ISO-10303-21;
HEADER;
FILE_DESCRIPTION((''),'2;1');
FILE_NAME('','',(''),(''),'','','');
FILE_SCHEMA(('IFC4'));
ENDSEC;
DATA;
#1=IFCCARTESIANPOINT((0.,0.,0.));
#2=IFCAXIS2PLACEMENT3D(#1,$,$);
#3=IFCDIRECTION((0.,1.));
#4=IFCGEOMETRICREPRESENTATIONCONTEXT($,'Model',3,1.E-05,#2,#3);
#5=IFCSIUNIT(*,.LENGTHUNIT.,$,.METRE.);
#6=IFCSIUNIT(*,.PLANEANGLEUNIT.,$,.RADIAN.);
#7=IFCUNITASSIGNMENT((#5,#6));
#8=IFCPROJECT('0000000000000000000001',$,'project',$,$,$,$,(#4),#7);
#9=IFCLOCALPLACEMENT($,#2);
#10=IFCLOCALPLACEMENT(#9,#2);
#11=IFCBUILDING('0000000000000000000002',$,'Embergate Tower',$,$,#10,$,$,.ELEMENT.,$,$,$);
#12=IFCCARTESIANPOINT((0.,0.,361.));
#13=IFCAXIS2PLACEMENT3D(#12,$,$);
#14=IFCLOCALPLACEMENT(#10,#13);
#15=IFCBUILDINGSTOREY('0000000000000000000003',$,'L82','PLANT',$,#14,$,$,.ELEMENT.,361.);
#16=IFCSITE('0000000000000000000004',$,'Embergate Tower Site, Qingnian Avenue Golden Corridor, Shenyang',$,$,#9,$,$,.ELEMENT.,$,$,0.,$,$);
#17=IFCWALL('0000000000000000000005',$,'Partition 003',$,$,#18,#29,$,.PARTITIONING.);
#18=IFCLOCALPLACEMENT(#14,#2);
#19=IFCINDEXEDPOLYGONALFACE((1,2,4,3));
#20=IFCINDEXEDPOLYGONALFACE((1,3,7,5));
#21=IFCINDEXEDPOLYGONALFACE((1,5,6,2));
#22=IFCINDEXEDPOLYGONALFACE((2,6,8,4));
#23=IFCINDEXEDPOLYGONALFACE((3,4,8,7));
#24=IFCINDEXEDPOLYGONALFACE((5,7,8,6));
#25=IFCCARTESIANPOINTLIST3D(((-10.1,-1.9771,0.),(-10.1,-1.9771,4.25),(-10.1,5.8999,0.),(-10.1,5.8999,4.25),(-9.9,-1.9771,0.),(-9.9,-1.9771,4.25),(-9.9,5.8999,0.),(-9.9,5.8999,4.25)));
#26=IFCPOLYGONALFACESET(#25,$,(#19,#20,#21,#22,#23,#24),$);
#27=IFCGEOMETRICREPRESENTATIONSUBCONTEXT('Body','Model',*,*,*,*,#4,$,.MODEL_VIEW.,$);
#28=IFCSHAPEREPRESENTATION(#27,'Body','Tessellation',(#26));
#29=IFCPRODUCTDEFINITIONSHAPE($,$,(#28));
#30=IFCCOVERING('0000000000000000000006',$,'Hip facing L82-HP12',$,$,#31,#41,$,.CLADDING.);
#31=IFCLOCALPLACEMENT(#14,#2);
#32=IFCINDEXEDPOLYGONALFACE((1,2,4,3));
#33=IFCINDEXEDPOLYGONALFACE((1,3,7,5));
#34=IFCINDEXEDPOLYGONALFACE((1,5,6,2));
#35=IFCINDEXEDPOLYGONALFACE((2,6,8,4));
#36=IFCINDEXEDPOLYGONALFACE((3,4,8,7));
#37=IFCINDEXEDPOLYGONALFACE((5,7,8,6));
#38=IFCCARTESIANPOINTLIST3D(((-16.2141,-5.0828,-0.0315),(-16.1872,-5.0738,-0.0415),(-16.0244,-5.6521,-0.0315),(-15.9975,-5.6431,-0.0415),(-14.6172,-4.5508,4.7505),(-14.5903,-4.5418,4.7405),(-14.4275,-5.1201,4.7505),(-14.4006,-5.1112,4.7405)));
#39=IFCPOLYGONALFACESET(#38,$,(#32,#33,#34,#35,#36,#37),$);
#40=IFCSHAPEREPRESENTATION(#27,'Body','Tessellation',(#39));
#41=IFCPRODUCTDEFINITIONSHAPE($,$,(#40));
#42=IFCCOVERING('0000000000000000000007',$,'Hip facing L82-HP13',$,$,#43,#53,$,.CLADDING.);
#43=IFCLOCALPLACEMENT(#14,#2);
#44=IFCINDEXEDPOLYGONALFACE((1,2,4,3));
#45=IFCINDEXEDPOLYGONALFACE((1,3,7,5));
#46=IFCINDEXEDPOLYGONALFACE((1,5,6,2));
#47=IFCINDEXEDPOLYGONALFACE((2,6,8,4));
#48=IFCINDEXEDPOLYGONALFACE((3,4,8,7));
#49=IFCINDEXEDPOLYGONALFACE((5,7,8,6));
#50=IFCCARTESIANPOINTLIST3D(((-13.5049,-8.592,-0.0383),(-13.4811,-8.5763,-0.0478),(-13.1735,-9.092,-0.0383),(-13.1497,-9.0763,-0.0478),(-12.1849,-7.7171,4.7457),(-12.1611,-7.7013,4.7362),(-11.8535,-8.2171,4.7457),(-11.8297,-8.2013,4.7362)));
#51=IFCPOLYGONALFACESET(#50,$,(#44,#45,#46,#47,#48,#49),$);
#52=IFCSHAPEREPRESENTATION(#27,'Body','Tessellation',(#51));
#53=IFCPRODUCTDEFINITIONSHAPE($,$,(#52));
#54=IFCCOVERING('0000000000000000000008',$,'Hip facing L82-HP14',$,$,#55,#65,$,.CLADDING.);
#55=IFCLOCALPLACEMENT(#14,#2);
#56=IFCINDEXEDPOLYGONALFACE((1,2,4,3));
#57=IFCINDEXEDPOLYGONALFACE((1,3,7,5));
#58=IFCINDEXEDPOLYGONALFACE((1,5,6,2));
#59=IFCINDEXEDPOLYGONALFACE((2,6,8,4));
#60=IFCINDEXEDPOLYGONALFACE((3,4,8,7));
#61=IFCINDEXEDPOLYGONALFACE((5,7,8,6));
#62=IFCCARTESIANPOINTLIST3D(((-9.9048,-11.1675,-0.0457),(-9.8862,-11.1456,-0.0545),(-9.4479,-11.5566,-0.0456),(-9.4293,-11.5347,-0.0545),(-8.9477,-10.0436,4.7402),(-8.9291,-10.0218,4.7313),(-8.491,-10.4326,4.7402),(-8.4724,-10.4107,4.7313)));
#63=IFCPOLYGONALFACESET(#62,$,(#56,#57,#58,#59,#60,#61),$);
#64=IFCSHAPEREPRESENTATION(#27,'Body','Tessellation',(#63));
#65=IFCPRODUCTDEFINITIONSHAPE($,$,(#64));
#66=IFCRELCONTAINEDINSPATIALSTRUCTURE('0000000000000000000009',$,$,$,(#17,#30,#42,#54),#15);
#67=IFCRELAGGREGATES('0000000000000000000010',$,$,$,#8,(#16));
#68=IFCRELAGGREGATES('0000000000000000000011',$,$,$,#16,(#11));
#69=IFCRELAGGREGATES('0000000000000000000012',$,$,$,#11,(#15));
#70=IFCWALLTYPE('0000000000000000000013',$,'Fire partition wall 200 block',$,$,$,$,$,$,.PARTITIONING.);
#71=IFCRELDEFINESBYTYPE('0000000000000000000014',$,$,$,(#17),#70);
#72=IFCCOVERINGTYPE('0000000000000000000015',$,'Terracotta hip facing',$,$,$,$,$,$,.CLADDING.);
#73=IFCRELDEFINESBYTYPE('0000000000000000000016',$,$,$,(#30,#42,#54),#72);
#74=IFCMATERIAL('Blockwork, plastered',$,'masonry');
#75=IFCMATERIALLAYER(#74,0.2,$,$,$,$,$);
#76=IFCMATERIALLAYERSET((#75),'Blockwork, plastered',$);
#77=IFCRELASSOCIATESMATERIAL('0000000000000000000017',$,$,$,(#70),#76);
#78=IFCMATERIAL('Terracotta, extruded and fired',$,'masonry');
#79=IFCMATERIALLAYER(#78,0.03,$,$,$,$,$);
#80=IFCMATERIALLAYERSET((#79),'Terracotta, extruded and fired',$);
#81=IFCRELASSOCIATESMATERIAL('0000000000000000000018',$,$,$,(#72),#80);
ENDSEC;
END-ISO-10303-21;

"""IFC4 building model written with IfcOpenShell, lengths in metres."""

from ifc_helpers import new_model, si_unit, direction, frame, frame_2d, origin, place, context, subcontext, project, spatial, polyline, rectangle, outline, extrude, source, transform, mapped, material, layer, layer_set, type_object, element, save


model = new_model("IFC4")

# Units and contexts
model_context = context("Model", 3, precision=1e-05, world=origin(), true_north=direction((0.0, 1.0)))
body_context = subcontext(model_context, "Body", "Model", "MODEL_VIEW")
ifc_project = project(units=[si_unit("LENGTHUNIT", "METRE"), si_unit("PLANEANGLEUNIT", "RADIAN")], contexts=[model_context])

# Site, building, storey
site_placement = place(None, origin())
site = spatial("IfcSite", under=ifc_project, at=site_placement, Name="Embergate Tower Site, Qingnian Avenue Golden Corridor, Shenyang", CompositionType="ELEMENT", RefElevation=0.0)
building_placement = place(site_placement, origin())
building = spatial("IfcBuilding", under=site, at=building_placement, Name="Embergate Tower", CompositionType="ELEMENT")
storey_placement = place(building_placement, frame((0.0, 0.0, 361.0)))
storey = spatial("IfcBuildingStorey", under=building, at=storey_placement, Name="L82", Description="PLANT", CompositionType="ELEMENT", Elevation=361.0)

# Wall
ifc_material_1 = material(Name="Blockwork, plastered", Category="masonry")
ifc_layer_1 = layer(ifc_material_1, 0.2)
ifc_layer_set_1 = layer_set([ifc_layer_1], Name="Blockwork, plastered")
wall_type_1 = type_object("IfcWallType", Name="Fire partition wall 200 block", PredefinedType="PARTITIONING", material=ifc_layer_set_1)
shared_shape_1 = source(origin(), body_context, "Body", "SweptSolid", [
    extrude(rectangle(XDim=7.877, YDim=0.2, at=frame_2d((3.9385, 0.0))), origin(), (0.0, 0.0, 1.0), 4.25),
])
wall_1_placement = place(storey_placement, frame((-10.0, -1.9771, 0.0), z_axis=(0.0, 0.0, 1.0), x_axis=(0.0, 1.0, 0.0)))
element("IfcWall", 1, at=wall_1_placement, inside=storey, type_object=wall_type_1, Name="Partition 003", PredefinedType="PARTITIONING", context=body_context, shape_type="MappedRepresentation", body=[
    mapped(shared_shape_1, transform((0.0, 0.0, 0.0))),
])

# Coverings
ifc_material_2 = material(Name="Terracotta, extruded and fired", Category="masonry")
ifc_layer_2 = layer(ifc_material_2, 0.03)
ifc_layer_set_2 = layer_set([ifc_layer_2], Name="Terracotta, extruded and fired")
covering_type = type_object("IfcCoveringType", Name="Terracotta hip facing", PredefinedType="CLADDING", material=ifc_layer_set_2)
shared_shape_2 = source(origin(), body_context, "Body", "SweptSolid", [
    extrude(outline(polyline([(0.0, 0.0), (5.0696, 0.0), (5.0696, -0.6001), (0.0, -0.6001), (0.0, 0.0)])), origin(), (0.0, 0.0, -1.0), 0.03),
])
covering_1_placement = place(storey_placement, frame((-16.2141, -5.0828, -0.0315), z_axis=(-0.894905, -0.298174, 0.332021), x_axis=(0.315002, 0.104936, 0.943272)))
element("IfcCovering", 2, at=covering_1_placement, inside=storey, type_object=covering_type, Name="Hip facing L82-HP12", PredefinedType="CLADDING", context=body_context, shape_type="MappedRepresentation", body=[
    mapped(shared_shape_2, transform((0.0, 0.0, 0.0))),
])
shared_shape_3 = source(origin(), body_context, "Body", "SweptSolid", [
    extrude(outline(polyline([(0.0, 0.0), (5.0393, 0.0), (5.0393, -0.5999), (0.0, -0.5999), (0.0, 0.0)])), origin(), (0.0, 0.0, -1.0), 0.03),
])
covering_2_placement = place(storey_placement, frame((-13.5049, -8.592, -0.0383), z_axis=(-0.79129, -0.5245, 0.31426), x_axis=(0.261941, 0.173626, 0.949337)))
element("IfcCovering", 3, at=covering_2_placement, inside=storey, type_object=covering_type, Name="Hip facing L82-HP13", PredefinedType="CLADDING", context=body_context, shape_type="MappedRepresentation", body=[
    mapped(shared_shape_3, transform((0.0, 0.0, 0.0))),
])
shared_shape_4 = source(origin(), body_context, "Body", "SweptSolid", [
    extrude(outline(polyline([(0.0, 0.0), (5.0083, 0.0), (5.0083, -0.5999), (0.0, -0.6001), (0.0, 0.0)])), origin(), (0.0, 0.0, -1.0), 0.03),
])
covering_3_placement = place(storey_placement, frame((-9.9048, -11.1675, -0.0457), z_axis=(-0.619589, -0.727487, 0.294739), x_axis=(0.191098, 0.224394, 0.955578)))
element("IfcCovering", 4, at=covering_3_placement, inside=storey, type_object=covering_type, Name="Hip facing L82-HP14", PredefinedType="CLADDING", context=body_context, shape_type="MappedRepresentation", body=[
    mapped(shared_shape_4, transform((0.0, 0.0, 0.0))),
])

save(model, "model.ifc")
